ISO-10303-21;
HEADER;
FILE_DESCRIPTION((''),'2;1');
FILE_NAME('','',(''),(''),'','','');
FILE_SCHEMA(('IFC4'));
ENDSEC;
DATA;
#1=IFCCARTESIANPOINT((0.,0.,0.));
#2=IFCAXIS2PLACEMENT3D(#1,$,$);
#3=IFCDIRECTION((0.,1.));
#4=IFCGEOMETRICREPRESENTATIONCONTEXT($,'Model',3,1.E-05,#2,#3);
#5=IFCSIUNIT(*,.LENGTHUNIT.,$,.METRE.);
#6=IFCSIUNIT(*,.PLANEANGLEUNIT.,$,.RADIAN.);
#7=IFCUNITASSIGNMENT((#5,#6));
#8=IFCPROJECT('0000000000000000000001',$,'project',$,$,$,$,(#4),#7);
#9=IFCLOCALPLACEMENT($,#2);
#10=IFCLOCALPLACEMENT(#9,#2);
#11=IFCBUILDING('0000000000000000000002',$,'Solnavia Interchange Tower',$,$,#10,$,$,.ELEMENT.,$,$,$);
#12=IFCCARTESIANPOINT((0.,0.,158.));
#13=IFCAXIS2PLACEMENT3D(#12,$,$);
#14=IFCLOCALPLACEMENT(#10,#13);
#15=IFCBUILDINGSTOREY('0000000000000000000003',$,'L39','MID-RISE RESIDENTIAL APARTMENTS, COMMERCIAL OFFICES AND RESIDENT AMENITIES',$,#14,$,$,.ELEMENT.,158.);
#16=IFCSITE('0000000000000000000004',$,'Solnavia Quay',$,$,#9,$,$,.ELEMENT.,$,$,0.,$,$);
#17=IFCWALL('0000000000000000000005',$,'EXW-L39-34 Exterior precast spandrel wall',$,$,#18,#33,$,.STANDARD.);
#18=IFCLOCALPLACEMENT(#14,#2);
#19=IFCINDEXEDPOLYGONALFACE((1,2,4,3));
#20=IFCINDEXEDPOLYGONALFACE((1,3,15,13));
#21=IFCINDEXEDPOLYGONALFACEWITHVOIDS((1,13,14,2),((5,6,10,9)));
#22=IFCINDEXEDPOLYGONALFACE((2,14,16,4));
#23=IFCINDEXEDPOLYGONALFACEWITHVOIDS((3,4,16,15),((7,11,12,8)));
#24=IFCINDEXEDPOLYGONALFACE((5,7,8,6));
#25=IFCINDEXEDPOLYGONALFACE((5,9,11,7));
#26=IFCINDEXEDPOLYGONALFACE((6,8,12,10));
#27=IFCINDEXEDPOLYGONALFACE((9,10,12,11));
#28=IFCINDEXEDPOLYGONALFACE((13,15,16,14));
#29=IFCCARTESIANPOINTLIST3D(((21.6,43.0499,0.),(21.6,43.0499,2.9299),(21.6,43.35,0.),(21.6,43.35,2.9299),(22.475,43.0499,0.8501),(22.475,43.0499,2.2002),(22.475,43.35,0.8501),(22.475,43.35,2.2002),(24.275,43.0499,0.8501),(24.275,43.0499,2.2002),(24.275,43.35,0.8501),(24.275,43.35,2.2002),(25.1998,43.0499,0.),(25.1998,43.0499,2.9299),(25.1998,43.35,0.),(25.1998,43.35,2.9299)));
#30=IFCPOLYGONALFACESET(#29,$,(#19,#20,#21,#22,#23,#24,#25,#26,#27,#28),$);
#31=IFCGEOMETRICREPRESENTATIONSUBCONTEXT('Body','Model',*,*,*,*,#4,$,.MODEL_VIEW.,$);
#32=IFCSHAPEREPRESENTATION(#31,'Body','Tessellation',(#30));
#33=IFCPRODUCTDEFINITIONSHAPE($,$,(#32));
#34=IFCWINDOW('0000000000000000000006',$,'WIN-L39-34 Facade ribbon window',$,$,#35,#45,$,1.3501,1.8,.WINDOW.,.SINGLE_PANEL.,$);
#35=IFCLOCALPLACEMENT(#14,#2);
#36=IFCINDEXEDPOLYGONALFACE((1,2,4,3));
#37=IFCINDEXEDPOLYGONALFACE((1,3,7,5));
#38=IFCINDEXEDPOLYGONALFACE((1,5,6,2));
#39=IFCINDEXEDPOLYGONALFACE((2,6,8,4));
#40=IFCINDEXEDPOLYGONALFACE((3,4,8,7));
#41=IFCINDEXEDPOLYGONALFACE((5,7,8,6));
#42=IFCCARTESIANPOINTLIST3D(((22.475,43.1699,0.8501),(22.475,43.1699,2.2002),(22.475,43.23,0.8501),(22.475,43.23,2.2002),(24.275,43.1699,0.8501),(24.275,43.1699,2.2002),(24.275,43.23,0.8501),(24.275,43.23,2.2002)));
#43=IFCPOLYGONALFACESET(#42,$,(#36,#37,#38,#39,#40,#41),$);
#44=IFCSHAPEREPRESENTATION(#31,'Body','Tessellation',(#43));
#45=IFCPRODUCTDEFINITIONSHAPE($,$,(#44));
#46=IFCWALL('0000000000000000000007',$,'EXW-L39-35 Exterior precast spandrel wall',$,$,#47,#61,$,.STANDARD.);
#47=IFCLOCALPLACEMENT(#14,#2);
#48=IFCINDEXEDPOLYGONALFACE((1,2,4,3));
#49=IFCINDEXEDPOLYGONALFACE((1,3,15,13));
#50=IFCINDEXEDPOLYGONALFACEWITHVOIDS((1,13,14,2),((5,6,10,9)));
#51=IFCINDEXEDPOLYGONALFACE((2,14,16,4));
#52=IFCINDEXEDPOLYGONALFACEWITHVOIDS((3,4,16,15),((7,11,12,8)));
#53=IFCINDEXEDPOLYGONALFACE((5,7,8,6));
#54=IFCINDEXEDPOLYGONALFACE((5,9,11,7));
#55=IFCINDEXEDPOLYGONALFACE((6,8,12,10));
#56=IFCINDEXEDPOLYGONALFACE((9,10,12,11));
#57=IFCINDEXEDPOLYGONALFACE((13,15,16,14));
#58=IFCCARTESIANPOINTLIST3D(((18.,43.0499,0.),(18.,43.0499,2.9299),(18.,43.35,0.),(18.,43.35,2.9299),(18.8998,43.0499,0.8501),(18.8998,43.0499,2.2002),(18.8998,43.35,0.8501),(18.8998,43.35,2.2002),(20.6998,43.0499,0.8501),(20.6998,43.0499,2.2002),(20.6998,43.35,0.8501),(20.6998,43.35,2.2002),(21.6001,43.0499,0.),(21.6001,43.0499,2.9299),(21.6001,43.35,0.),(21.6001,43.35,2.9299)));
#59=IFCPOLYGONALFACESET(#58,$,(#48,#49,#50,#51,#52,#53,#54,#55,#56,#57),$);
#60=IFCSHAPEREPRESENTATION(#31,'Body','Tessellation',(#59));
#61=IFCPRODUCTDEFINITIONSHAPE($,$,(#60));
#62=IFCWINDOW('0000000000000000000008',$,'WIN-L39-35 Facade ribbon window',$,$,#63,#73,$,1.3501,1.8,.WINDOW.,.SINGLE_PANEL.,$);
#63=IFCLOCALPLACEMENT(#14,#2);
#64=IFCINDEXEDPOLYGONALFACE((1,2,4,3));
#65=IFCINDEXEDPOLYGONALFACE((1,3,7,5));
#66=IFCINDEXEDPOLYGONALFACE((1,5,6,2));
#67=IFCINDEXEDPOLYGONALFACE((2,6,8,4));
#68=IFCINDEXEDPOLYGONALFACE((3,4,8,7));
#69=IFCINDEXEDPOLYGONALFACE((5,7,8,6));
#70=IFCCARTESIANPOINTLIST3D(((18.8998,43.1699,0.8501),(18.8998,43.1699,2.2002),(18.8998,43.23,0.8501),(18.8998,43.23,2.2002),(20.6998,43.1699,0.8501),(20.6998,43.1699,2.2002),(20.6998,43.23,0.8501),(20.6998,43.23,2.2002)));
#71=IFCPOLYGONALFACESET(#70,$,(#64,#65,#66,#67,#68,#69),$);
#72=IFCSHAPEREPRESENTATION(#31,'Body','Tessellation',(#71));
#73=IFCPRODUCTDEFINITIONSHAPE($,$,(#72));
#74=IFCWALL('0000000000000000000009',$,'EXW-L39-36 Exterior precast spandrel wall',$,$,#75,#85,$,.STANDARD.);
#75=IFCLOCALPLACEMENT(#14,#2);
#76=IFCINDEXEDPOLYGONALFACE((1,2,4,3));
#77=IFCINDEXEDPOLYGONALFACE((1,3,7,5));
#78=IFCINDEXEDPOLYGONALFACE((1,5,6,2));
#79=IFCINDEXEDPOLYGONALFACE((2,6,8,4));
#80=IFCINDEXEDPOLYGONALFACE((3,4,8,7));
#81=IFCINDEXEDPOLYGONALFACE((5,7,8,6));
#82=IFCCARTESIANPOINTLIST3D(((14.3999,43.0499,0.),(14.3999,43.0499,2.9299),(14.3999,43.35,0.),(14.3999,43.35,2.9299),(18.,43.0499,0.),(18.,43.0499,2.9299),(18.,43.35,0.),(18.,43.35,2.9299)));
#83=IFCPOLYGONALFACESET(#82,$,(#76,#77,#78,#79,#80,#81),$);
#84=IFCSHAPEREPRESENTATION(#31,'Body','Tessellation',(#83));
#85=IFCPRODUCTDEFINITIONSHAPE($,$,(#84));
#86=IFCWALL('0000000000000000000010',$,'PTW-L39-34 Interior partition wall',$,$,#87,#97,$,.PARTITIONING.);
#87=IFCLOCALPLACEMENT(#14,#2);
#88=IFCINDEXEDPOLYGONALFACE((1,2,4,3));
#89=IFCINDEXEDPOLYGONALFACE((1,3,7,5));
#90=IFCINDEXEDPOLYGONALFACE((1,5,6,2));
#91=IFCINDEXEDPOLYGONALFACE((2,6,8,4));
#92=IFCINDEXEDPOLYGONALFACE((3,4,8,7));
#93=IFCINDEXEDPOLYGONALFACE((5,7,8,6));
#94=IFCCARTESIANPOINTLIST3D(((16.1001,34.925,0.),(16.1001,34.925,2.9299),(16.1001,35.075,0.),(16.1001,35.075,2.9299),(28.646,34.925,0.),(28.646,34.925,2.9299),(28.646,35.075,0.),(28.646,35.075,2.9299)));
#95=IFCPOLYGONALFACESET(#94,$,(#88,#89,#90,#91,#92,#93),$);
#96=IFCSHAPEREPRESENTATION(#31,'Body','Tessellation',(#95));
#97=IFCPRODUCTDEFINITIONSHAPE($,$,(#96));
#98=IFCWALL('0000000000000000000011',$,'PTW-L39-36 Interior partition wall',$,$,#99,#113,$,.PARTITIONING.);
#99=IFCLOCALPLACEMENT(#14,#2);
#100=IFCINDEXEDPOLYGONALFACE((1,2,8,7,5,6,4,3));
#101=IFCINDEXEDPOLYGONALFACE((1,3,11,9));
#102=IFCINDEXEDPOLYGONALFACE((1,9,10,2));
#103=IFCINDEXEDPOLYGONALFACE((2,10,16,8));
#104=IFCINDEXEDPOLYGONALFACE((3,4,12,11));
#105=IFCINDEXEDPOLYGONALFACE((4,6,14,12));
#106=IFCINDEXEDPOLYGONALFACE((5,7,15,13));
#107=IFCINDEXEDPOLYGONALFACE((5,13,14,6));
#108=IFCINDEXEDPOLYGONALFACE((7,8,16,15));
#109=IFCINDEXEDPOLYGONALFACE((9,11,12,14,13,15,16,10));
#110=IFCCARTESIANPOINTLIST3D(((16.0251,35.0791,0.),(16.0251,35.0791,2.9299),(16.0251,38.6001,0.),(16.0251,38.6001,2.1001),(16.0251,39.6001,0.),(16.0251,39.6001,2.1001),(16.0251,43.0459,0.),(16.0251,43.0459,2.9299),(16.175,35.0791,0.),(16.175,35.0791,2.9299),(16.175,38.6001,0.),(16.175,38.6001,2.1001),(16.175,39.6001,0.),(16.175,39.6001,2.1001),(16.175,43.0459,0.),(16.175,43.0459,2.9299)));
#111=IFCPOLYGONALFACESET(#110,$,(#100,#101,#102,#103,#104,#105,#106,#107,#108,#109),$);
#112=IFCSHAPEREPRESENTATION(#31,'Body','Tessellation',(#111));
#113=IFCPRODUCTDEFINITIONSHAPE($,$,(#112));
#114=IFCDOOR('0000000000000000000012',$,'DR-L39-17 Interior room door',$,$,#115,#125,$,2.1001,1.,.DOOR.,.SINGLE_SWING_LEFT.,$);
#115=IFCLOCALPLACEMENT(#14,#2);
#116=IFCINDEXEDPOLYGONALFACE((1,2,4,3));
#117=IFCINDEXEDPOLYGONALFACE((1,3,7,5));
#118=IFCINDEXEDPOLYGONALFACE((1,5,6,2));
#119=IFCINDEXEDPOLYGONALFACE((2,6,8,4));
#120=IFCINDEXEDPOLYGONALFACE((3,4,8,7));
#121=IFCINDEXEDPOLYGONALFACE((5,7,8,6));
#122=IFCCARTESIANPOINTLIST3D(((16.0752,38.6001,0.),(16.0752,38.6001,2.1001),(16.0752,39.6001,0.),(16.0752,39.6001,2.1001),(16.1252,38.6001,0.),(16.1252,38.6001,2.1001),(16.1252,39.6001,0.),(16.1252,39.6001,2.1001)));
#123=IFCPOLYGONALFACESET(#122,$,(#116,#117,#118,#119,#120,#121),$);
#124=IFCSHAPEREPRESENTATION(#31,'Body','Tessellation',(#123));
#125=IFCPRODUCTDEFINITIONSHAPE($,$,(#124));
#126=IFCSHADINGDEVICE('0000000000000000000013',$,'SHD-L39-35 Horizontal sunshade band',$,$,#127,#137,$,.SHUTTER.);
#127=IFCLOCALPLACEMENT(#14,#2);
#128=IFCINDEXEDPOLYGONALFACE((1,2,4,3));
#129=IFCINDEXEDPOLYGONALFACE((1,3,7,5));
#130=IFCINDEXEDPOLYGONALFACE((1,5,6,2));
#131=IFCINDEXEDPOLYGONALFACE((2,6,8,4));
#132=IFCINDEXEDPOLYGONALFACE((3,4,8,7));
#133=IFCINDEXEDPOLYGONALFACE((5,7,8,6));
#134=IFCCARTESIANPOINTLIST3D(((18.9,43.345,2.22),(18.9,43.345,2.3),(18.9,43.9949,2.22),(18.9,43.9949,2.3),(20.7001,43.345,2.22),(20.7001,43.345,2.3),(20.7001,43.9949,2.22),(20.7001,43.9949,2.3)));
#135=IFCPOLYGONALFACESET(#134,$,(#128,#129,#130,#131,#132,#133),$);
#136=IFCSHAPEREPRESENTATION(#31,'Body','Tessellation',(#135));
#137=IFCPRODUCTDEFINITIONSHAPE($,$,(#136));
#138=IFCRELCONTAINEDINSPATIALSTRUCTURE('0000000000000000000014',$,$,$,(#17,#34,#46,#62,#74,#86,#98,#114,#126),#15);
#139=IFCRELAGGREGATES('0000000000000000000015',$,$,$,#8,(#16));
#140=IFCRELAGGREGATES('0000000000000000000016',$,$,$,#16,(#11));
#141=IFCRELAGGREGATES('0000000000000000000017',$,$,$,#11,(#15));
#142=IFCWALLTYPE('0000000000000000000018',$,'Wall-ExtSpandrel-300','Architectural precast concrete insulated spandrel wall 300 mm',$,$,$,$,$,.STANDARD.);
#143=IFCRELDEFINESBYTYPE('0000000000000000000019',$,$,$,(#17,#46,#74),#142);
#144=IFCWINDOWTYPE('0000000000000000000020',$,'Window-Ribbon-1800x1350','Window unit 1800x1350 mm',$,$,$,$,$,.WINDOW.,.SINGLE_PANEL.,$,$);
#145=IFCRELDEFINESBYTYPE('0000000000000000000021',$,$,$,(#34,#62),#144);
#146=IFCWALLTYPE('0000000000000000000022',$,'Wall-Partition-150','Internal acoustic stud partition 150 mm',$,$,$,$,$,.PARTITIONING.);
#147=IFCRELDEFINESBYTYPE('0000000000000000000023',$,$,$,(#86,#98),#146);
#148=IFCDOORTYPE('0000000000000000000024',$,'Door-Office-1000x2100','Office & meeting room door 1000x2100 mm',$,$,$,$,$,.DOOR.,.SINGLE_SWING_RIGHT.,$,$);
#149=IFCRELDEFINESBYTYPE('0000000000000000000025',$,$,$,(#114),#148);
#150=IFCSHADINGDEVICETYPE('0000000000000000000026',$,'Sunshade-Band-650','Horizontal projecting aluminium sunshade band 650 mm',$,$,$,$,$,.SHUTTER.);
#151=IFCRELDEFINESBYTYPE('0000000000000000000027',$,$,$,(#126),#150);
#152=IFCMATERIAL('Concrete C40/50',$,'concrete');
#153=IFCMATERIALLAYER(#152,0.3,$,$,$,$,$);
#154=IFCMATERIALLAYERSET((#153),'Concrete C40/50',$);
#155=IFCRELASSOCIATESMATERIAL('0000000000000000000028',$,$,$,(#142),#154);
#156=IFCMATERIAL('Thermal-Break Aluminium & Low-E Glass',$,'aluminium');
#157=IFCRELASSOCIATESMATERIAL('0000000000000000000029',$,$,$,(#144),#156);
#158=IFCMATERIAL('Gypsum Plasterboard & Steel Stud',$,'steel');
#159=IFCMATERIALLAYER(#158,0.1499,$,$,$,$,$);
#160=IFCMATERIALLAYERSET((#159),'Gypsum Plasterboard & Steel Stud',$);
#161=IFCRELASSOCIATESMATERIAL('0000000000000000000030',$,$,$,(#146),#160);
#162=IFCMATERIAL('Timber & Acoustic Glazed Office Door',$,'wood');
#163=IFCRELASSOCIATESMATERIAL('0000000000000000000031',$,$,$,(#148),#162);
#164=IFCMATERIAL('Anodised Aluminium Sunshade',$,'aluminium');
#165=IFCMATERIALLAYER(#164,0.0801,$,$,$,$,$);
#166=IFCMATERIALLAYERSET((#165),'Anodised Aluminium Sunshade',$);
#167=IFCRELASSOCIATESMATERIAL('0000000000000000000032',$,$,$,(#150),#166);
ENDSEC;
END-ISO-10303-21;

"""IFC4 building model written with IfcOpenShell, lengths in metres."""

from ifc_helpers import new_model, si_unit, direction, frame, frame_2d, origin, origin_2d, place, context, subcontext, project, spatial, rectangle, extrude, material, layer, layer_set, type_object, element, fill, save


model = new_model("IFC4")

# Units and contexts
model_context = context("Model", 3, precision=1e-05, world=origin(), true_north=direction((0.0, 1.0)))
body_context = subcontext(model_context, "Body", "Model", "MODEL_VIEW")
ifc_project = project(units=[si_unit("LENGTHUNIT", "METRE"), si_unit("PLANEANGLEUNIT", "RADIAN")], contexts=[model_context])

# Site, building, storey
site_placement = place(None, origin())
site = spatial("IfcSite", under=ifc_project, at=site_placement, Name="Solnavia Quay", CompositionType="ELEMENT", RefElevation=0.0)
building_placement = place(site_placement, origin())
building = spatial("IfcBuilding", under=site, at=building_placement, Name="Solnavia Interchange Tower", CompositionType="ELEMENT")
storey_placement = place(building_placement, frame((0.0, 0.0, 158.0)))
storey = spatial("IfcBuildingStorey", under=building, at=storey_placement, Name="L39", Description="MID-RISE RESIDENTIAL APARTMENTS, COMMERCIAL OFFICES AND RESIDENT AMENITIES", CompositionType="ELEMENT", Elevation=158.0)

# Walls, openings, windows
ifc_material_1 = material(Name="Concrete C40/50", Category="concrete")
ifc_layer_1 = layer(ifc_material_1, 0.3)
ifc_layer_set_1 = layer_set([ifc_layer_1], Name="Concrete C40/50")
wall_type_1 = type_object("IfcWallType", Name="Wall-ExtSpandrel-300", Description="Architectural precast concrete insulated spandrel wall 300 mm", PredefinedType="STANDARD", material=ifc_layer_set_1)
wall_1_placement = place(storey_placement, frame((21.6001, 43.2, 0.0), z_axis=(0.0, 0.0, 1.0), x_axis=(1.0, 0.0, 0.0)))
wall_1 = element("IfcWall", 1, at=wall_1_placement, inside=storey, type_object=wall_type_1, Name="EXW-L39-34 Exterior precast spandrel wall", PredefinedType="STANDARD", context=body_context, shape_type="SweptSolid", body=[
    extrude(rectangle(XDim=3.5999, YDim=0.3, at=frame_2d((1.7998, 0.0))), origin(), (0.0, 0.0, 1.0), 2.9299),
])
opening_1_placement = place(wall_1_placement, frame((0.875, 0.0, 0.8501)))
opening_1 = element("IfcOpeningElement", 2, at=opening_1_placement, cuts=wall_1, PredefinedType="OPENING", context=body_context, shape_type="SweptSolid", body=[
    extrude(rectangle(XDim=1.8, YDim=1.3501, at=frame_2d((0.8999, 0.675))), frame((0.0, 0.1602, 0.0), z_axis=(0.0, -1.0, 0.0), x_axis=(1.0, 0.0, 0.0)), (0.0, 0.0, 1.0), 0.3201),
])
ifc_material_2 = material(Name="Thermal-Break Aluminium & Low-E Glass", Category="aluminium")
window_type = type_object("IfcWindowType", Name="Window-Ribbon-1800x1350", Description="Window unit 1800x1350 mm", PartitioningType="SINGLE_PANEL", PredefinedType="WINDOW", material=ifc_material_2)
window_1_placement = place(opening_1_placement, origin())
window_1 = element("IfcWindow", 3, at=window_1_placement, inside=storey, type_object=window_type, Name="WIN-L39-34 Facade ribbon window", OverallHeight=1.3501, OverallWidth=1.8, PartitioningType="SINGLE_PANEL", PredefinedType="WINDOW", context=body_context, shape_type="SweptSolid", body=[
    extrude(rectangle(XDim=1.8, YDim=1.3501, at=frame_2d((0.8999, 0.675))), frame((0.0, 0.03, 0.0), z_axis=(0.0, -1.0, 0.0), x_axis=(1.0, 0.0, 0.0)), (0.0, 0.0, 1.0), 0.0601),
])
fill(opening_1, window_1)
wall_2_placement = place(storey_placement, frame((18.0, 43.2, 0.0), z_axis=(0.0, 0.0, 1.0), x_axis=(1.0, 0.0, 0.0)))
wall_2 = element("IfcWall", 4, at=wall_2_placement, inside=storey, type_object=wall_type_1, Name="EXW-L39-35 Exterior precast spandrel wall", PredefinedType="STANDARD", context=body_context, shape_type="SweptSolid", body=[
    extrude(rectangle(XDim=3.6001, YDim=0.3, at=frame_2d((1.8, 0.0))), origin(), (0.0, 0.0, 1.0), 2.9299),
])
opening_2_placement = place(wall_2_placement, frame((0.8999, 0.0, 0.8501)))
opening_2 = element("IfcOpeningElement", 5, at=opening_2_placement, cuts=wall_2, PredefinedType="OPENING", context=body_context, shape_type="SweptSolid", body=[
    extrude(rectangle(XDim=1.8, YDim=1.3501, at=frame_2d((0.8999, 0.675))), frame((0.0, 0.1602, 0.0), z_axis=(0.0, -1.0, 0.0), x_axis=(1.0, 0.0, 0.0)), (0.0, 0.0, 1.0), 0.3201),
])
window_2_placement = place(opening_2_placement, origin())
window_2 = element("IfcWindow", 6, at=window_2_placement, inside=storey, type_object=window_type, Name="WIN-L39-35 Facade ribbon window", OverallHeight=1.3501, OverallWidth=1.8, PartitioningType="SINGLE_PANEL", PredefinedType="WINDOW", context=body_context, shape_type="SweptSolid", body=[
    extrude(rectangle(XDim=1.8, YDim=1.3501, at=frame_2d((0.8999, 0.675))), frame((0.0, 0.03, 0.0), z_axis=(0.0, -1.0, 0.0), x_axis=(1.0, 0.0, 0.0)), (0.0, 0.0, 1.0), 0.0601),
])
fill(opening_2, window_2)

# Walls
wall_3_placement = place(storey_placement, frame((14.3999, 43.2, 0.0), z_axis=(0.0, 0.0, 1.0), x_axis=(1.0, 0.0, 0.0)))
element("IfcWall", 7, at=wall_3_placement, inside=storey, type_object=wall_type_1, Name="EXW-L39-36 Exterior precast spandrel wall", PredefinedType="STANDARD", context=body_context, shape_type="SweptSolid", body=[
    extrude(rectangle(XDim=3.6001, YDim=0.3, at=frame_2d((1.8, 0.0))), origin(), (0.0, 0.0, 1.0), 2.9299),
])
ifc_material_3 = material(Name="Gypsum Plasterboard & Steel Stud", Category="steel")
ifc_layer_2 = layer(ifc_material_3, 0.1499)
ifc_layer_set_2 = layer_set([ifc_layer_2], Name="Gypsum Plasterboard & Steel Stud")
wall_type_2 = type_object("IfcWallType", Name="Wall-Partition-150", Description="Internal acoustic stud partition 150 mm", PredefinedType="PARTITIONING", material=ifc_layer_set_2)
wall_4_placement = place(storey_placement, frame((16.1001, 35.0, 0.0), z_axis=(0.0, 0.0, 1.0), x_axis=(1.0, 0.0, 0.0)))
element("IfcWall", 8, at=wall_4_placement, inside=storey, type_object=wall_type_2, Name="PTW-L39-34 Interior partition wall", PredefinedType="PARTITIONING", context=body_context, shape_type="SweptSolid", body=[
    extrude(rectangle(XDim=12.5459, YDim=0.1499, at=frame_2d((6.2729, 0.0))), origin(), (0.0, 0.0, 1.0), 2.9299),
])

# Wall, opening, door
wall_5_placement = place(storey_placement, frame((16.1001, 35.0791, 0.0), z_axis=(0.0, 0.0, 1.0), x_axis=(0.0, 1.0, 0.0)))
wall_5 = element("IfcWall", 9, at=wall_5_placement, inside=storey, type_object=wall_type_2, Name="PTW-L39-36 Interior partition wall", PredefinedType="PARTITIONING", context=body_context, shape_type="SweptSolid", body=[
    extrude(rectangle(XDim=7.9668, YDim=0.1499, at=frame_2d((3.9834, 0.0))), origin(), (0.0, 0.0, 1.0), 2.9299),
])
opening_3_placement = place(wall_5_placement, frame((3.521, 0.0, 0.0)))
opening_3 = element("IfcOpeningElement", 10, at=opening_3_placement, cuts=wall_5, PredefinedType="OPENING", context=body_context, shape_type="SweptSolid", body=[
    extrude(rectangle(XDim=1.0, YDim=2.1001, at=frame_2d((0.5, 1.05))), frame((0.0, 0.085, 0.0), z_axis=(0.0, -1.0, 0.0), x_axis=(1.0, 0.0, 0.0)), (0.0, 0.0, 1.0), 0.1699),
])
ifc_material_4 = material(Name="Timber & Acoustic Glazed Office Door", Category="wood")
door_type = type_object("IfcDoorType", Name="Door-Office-1000x2100", Description="Office & meeting room door 1000x2100 mm", OperationType="SINGLE_SWING_RIGHT", PredefinedType="DOOR", material=ifc_material_4)
door_placement = place(opening_3_placement, origin())
door = element("IfcDoor", 11, at=door_placement, inside=storey, type_object=door_type, Name="DR-L39-17 Interior room door", OperationType="SINGLE_SWING_LEFT", OverallHeight=2.1001, OverallWidth=1.0, PredefinedType="DOOR", context=body_context, shape_type="SweptSolid", body=[
    extrude(rectangle(XDim=1.0, YDim=2.1001, at=frame_2d((0.5, 1.05))), frame((0.0, 0.0249, 0.0), z_axis=(0.0, -1.0, 0.0), x_axis=(1.0, 0.0, 0.0)), (0.0, 0.0, 1.0), 0.05),
])
fill(opening_3, door)

# Shading device
ifc_material_5 = material(Name="Anodised Aluminium Sunshade", Category="aluminium")
ifc_layer_3 = layer(ifc_material_5, 0.0801)
ifc_layer_set_3 = layer_set([ifc_layer_3], Name="Anodised Aluminium Sunshade")
shading_device_type = type_object("IfcShadingDeviceType", Name="Sunshade-Band-650", Description="Horizontal projecting aluminium sunshade band 650 mm", PredefinedType="SHUTTER", material=ifc_layer_set_3)
shading_device_placement = place(storey_placement, frame((19.8, 43.6699, 2.22), z_axis=(0.0, 0.0, 1.0), x_axis=(1.0, 0.0, 0.0)))
element("IfcShadingDevice", 12, at=shading_device_placement, inside=storey, type_object=shading_device_type, Name="SHD-L39-35 Horizontal sunshade band", PredefinedType="SHUTTER", context=body_context, shape_type="SweptSolid", body=[
    extrude(rectangle(XDim=1.8, YDim=0.6499, at=origin_2d()), origin(), (0.0, 0.0, 1.0), 0.0801),
])

save(model, "model.ifc")
